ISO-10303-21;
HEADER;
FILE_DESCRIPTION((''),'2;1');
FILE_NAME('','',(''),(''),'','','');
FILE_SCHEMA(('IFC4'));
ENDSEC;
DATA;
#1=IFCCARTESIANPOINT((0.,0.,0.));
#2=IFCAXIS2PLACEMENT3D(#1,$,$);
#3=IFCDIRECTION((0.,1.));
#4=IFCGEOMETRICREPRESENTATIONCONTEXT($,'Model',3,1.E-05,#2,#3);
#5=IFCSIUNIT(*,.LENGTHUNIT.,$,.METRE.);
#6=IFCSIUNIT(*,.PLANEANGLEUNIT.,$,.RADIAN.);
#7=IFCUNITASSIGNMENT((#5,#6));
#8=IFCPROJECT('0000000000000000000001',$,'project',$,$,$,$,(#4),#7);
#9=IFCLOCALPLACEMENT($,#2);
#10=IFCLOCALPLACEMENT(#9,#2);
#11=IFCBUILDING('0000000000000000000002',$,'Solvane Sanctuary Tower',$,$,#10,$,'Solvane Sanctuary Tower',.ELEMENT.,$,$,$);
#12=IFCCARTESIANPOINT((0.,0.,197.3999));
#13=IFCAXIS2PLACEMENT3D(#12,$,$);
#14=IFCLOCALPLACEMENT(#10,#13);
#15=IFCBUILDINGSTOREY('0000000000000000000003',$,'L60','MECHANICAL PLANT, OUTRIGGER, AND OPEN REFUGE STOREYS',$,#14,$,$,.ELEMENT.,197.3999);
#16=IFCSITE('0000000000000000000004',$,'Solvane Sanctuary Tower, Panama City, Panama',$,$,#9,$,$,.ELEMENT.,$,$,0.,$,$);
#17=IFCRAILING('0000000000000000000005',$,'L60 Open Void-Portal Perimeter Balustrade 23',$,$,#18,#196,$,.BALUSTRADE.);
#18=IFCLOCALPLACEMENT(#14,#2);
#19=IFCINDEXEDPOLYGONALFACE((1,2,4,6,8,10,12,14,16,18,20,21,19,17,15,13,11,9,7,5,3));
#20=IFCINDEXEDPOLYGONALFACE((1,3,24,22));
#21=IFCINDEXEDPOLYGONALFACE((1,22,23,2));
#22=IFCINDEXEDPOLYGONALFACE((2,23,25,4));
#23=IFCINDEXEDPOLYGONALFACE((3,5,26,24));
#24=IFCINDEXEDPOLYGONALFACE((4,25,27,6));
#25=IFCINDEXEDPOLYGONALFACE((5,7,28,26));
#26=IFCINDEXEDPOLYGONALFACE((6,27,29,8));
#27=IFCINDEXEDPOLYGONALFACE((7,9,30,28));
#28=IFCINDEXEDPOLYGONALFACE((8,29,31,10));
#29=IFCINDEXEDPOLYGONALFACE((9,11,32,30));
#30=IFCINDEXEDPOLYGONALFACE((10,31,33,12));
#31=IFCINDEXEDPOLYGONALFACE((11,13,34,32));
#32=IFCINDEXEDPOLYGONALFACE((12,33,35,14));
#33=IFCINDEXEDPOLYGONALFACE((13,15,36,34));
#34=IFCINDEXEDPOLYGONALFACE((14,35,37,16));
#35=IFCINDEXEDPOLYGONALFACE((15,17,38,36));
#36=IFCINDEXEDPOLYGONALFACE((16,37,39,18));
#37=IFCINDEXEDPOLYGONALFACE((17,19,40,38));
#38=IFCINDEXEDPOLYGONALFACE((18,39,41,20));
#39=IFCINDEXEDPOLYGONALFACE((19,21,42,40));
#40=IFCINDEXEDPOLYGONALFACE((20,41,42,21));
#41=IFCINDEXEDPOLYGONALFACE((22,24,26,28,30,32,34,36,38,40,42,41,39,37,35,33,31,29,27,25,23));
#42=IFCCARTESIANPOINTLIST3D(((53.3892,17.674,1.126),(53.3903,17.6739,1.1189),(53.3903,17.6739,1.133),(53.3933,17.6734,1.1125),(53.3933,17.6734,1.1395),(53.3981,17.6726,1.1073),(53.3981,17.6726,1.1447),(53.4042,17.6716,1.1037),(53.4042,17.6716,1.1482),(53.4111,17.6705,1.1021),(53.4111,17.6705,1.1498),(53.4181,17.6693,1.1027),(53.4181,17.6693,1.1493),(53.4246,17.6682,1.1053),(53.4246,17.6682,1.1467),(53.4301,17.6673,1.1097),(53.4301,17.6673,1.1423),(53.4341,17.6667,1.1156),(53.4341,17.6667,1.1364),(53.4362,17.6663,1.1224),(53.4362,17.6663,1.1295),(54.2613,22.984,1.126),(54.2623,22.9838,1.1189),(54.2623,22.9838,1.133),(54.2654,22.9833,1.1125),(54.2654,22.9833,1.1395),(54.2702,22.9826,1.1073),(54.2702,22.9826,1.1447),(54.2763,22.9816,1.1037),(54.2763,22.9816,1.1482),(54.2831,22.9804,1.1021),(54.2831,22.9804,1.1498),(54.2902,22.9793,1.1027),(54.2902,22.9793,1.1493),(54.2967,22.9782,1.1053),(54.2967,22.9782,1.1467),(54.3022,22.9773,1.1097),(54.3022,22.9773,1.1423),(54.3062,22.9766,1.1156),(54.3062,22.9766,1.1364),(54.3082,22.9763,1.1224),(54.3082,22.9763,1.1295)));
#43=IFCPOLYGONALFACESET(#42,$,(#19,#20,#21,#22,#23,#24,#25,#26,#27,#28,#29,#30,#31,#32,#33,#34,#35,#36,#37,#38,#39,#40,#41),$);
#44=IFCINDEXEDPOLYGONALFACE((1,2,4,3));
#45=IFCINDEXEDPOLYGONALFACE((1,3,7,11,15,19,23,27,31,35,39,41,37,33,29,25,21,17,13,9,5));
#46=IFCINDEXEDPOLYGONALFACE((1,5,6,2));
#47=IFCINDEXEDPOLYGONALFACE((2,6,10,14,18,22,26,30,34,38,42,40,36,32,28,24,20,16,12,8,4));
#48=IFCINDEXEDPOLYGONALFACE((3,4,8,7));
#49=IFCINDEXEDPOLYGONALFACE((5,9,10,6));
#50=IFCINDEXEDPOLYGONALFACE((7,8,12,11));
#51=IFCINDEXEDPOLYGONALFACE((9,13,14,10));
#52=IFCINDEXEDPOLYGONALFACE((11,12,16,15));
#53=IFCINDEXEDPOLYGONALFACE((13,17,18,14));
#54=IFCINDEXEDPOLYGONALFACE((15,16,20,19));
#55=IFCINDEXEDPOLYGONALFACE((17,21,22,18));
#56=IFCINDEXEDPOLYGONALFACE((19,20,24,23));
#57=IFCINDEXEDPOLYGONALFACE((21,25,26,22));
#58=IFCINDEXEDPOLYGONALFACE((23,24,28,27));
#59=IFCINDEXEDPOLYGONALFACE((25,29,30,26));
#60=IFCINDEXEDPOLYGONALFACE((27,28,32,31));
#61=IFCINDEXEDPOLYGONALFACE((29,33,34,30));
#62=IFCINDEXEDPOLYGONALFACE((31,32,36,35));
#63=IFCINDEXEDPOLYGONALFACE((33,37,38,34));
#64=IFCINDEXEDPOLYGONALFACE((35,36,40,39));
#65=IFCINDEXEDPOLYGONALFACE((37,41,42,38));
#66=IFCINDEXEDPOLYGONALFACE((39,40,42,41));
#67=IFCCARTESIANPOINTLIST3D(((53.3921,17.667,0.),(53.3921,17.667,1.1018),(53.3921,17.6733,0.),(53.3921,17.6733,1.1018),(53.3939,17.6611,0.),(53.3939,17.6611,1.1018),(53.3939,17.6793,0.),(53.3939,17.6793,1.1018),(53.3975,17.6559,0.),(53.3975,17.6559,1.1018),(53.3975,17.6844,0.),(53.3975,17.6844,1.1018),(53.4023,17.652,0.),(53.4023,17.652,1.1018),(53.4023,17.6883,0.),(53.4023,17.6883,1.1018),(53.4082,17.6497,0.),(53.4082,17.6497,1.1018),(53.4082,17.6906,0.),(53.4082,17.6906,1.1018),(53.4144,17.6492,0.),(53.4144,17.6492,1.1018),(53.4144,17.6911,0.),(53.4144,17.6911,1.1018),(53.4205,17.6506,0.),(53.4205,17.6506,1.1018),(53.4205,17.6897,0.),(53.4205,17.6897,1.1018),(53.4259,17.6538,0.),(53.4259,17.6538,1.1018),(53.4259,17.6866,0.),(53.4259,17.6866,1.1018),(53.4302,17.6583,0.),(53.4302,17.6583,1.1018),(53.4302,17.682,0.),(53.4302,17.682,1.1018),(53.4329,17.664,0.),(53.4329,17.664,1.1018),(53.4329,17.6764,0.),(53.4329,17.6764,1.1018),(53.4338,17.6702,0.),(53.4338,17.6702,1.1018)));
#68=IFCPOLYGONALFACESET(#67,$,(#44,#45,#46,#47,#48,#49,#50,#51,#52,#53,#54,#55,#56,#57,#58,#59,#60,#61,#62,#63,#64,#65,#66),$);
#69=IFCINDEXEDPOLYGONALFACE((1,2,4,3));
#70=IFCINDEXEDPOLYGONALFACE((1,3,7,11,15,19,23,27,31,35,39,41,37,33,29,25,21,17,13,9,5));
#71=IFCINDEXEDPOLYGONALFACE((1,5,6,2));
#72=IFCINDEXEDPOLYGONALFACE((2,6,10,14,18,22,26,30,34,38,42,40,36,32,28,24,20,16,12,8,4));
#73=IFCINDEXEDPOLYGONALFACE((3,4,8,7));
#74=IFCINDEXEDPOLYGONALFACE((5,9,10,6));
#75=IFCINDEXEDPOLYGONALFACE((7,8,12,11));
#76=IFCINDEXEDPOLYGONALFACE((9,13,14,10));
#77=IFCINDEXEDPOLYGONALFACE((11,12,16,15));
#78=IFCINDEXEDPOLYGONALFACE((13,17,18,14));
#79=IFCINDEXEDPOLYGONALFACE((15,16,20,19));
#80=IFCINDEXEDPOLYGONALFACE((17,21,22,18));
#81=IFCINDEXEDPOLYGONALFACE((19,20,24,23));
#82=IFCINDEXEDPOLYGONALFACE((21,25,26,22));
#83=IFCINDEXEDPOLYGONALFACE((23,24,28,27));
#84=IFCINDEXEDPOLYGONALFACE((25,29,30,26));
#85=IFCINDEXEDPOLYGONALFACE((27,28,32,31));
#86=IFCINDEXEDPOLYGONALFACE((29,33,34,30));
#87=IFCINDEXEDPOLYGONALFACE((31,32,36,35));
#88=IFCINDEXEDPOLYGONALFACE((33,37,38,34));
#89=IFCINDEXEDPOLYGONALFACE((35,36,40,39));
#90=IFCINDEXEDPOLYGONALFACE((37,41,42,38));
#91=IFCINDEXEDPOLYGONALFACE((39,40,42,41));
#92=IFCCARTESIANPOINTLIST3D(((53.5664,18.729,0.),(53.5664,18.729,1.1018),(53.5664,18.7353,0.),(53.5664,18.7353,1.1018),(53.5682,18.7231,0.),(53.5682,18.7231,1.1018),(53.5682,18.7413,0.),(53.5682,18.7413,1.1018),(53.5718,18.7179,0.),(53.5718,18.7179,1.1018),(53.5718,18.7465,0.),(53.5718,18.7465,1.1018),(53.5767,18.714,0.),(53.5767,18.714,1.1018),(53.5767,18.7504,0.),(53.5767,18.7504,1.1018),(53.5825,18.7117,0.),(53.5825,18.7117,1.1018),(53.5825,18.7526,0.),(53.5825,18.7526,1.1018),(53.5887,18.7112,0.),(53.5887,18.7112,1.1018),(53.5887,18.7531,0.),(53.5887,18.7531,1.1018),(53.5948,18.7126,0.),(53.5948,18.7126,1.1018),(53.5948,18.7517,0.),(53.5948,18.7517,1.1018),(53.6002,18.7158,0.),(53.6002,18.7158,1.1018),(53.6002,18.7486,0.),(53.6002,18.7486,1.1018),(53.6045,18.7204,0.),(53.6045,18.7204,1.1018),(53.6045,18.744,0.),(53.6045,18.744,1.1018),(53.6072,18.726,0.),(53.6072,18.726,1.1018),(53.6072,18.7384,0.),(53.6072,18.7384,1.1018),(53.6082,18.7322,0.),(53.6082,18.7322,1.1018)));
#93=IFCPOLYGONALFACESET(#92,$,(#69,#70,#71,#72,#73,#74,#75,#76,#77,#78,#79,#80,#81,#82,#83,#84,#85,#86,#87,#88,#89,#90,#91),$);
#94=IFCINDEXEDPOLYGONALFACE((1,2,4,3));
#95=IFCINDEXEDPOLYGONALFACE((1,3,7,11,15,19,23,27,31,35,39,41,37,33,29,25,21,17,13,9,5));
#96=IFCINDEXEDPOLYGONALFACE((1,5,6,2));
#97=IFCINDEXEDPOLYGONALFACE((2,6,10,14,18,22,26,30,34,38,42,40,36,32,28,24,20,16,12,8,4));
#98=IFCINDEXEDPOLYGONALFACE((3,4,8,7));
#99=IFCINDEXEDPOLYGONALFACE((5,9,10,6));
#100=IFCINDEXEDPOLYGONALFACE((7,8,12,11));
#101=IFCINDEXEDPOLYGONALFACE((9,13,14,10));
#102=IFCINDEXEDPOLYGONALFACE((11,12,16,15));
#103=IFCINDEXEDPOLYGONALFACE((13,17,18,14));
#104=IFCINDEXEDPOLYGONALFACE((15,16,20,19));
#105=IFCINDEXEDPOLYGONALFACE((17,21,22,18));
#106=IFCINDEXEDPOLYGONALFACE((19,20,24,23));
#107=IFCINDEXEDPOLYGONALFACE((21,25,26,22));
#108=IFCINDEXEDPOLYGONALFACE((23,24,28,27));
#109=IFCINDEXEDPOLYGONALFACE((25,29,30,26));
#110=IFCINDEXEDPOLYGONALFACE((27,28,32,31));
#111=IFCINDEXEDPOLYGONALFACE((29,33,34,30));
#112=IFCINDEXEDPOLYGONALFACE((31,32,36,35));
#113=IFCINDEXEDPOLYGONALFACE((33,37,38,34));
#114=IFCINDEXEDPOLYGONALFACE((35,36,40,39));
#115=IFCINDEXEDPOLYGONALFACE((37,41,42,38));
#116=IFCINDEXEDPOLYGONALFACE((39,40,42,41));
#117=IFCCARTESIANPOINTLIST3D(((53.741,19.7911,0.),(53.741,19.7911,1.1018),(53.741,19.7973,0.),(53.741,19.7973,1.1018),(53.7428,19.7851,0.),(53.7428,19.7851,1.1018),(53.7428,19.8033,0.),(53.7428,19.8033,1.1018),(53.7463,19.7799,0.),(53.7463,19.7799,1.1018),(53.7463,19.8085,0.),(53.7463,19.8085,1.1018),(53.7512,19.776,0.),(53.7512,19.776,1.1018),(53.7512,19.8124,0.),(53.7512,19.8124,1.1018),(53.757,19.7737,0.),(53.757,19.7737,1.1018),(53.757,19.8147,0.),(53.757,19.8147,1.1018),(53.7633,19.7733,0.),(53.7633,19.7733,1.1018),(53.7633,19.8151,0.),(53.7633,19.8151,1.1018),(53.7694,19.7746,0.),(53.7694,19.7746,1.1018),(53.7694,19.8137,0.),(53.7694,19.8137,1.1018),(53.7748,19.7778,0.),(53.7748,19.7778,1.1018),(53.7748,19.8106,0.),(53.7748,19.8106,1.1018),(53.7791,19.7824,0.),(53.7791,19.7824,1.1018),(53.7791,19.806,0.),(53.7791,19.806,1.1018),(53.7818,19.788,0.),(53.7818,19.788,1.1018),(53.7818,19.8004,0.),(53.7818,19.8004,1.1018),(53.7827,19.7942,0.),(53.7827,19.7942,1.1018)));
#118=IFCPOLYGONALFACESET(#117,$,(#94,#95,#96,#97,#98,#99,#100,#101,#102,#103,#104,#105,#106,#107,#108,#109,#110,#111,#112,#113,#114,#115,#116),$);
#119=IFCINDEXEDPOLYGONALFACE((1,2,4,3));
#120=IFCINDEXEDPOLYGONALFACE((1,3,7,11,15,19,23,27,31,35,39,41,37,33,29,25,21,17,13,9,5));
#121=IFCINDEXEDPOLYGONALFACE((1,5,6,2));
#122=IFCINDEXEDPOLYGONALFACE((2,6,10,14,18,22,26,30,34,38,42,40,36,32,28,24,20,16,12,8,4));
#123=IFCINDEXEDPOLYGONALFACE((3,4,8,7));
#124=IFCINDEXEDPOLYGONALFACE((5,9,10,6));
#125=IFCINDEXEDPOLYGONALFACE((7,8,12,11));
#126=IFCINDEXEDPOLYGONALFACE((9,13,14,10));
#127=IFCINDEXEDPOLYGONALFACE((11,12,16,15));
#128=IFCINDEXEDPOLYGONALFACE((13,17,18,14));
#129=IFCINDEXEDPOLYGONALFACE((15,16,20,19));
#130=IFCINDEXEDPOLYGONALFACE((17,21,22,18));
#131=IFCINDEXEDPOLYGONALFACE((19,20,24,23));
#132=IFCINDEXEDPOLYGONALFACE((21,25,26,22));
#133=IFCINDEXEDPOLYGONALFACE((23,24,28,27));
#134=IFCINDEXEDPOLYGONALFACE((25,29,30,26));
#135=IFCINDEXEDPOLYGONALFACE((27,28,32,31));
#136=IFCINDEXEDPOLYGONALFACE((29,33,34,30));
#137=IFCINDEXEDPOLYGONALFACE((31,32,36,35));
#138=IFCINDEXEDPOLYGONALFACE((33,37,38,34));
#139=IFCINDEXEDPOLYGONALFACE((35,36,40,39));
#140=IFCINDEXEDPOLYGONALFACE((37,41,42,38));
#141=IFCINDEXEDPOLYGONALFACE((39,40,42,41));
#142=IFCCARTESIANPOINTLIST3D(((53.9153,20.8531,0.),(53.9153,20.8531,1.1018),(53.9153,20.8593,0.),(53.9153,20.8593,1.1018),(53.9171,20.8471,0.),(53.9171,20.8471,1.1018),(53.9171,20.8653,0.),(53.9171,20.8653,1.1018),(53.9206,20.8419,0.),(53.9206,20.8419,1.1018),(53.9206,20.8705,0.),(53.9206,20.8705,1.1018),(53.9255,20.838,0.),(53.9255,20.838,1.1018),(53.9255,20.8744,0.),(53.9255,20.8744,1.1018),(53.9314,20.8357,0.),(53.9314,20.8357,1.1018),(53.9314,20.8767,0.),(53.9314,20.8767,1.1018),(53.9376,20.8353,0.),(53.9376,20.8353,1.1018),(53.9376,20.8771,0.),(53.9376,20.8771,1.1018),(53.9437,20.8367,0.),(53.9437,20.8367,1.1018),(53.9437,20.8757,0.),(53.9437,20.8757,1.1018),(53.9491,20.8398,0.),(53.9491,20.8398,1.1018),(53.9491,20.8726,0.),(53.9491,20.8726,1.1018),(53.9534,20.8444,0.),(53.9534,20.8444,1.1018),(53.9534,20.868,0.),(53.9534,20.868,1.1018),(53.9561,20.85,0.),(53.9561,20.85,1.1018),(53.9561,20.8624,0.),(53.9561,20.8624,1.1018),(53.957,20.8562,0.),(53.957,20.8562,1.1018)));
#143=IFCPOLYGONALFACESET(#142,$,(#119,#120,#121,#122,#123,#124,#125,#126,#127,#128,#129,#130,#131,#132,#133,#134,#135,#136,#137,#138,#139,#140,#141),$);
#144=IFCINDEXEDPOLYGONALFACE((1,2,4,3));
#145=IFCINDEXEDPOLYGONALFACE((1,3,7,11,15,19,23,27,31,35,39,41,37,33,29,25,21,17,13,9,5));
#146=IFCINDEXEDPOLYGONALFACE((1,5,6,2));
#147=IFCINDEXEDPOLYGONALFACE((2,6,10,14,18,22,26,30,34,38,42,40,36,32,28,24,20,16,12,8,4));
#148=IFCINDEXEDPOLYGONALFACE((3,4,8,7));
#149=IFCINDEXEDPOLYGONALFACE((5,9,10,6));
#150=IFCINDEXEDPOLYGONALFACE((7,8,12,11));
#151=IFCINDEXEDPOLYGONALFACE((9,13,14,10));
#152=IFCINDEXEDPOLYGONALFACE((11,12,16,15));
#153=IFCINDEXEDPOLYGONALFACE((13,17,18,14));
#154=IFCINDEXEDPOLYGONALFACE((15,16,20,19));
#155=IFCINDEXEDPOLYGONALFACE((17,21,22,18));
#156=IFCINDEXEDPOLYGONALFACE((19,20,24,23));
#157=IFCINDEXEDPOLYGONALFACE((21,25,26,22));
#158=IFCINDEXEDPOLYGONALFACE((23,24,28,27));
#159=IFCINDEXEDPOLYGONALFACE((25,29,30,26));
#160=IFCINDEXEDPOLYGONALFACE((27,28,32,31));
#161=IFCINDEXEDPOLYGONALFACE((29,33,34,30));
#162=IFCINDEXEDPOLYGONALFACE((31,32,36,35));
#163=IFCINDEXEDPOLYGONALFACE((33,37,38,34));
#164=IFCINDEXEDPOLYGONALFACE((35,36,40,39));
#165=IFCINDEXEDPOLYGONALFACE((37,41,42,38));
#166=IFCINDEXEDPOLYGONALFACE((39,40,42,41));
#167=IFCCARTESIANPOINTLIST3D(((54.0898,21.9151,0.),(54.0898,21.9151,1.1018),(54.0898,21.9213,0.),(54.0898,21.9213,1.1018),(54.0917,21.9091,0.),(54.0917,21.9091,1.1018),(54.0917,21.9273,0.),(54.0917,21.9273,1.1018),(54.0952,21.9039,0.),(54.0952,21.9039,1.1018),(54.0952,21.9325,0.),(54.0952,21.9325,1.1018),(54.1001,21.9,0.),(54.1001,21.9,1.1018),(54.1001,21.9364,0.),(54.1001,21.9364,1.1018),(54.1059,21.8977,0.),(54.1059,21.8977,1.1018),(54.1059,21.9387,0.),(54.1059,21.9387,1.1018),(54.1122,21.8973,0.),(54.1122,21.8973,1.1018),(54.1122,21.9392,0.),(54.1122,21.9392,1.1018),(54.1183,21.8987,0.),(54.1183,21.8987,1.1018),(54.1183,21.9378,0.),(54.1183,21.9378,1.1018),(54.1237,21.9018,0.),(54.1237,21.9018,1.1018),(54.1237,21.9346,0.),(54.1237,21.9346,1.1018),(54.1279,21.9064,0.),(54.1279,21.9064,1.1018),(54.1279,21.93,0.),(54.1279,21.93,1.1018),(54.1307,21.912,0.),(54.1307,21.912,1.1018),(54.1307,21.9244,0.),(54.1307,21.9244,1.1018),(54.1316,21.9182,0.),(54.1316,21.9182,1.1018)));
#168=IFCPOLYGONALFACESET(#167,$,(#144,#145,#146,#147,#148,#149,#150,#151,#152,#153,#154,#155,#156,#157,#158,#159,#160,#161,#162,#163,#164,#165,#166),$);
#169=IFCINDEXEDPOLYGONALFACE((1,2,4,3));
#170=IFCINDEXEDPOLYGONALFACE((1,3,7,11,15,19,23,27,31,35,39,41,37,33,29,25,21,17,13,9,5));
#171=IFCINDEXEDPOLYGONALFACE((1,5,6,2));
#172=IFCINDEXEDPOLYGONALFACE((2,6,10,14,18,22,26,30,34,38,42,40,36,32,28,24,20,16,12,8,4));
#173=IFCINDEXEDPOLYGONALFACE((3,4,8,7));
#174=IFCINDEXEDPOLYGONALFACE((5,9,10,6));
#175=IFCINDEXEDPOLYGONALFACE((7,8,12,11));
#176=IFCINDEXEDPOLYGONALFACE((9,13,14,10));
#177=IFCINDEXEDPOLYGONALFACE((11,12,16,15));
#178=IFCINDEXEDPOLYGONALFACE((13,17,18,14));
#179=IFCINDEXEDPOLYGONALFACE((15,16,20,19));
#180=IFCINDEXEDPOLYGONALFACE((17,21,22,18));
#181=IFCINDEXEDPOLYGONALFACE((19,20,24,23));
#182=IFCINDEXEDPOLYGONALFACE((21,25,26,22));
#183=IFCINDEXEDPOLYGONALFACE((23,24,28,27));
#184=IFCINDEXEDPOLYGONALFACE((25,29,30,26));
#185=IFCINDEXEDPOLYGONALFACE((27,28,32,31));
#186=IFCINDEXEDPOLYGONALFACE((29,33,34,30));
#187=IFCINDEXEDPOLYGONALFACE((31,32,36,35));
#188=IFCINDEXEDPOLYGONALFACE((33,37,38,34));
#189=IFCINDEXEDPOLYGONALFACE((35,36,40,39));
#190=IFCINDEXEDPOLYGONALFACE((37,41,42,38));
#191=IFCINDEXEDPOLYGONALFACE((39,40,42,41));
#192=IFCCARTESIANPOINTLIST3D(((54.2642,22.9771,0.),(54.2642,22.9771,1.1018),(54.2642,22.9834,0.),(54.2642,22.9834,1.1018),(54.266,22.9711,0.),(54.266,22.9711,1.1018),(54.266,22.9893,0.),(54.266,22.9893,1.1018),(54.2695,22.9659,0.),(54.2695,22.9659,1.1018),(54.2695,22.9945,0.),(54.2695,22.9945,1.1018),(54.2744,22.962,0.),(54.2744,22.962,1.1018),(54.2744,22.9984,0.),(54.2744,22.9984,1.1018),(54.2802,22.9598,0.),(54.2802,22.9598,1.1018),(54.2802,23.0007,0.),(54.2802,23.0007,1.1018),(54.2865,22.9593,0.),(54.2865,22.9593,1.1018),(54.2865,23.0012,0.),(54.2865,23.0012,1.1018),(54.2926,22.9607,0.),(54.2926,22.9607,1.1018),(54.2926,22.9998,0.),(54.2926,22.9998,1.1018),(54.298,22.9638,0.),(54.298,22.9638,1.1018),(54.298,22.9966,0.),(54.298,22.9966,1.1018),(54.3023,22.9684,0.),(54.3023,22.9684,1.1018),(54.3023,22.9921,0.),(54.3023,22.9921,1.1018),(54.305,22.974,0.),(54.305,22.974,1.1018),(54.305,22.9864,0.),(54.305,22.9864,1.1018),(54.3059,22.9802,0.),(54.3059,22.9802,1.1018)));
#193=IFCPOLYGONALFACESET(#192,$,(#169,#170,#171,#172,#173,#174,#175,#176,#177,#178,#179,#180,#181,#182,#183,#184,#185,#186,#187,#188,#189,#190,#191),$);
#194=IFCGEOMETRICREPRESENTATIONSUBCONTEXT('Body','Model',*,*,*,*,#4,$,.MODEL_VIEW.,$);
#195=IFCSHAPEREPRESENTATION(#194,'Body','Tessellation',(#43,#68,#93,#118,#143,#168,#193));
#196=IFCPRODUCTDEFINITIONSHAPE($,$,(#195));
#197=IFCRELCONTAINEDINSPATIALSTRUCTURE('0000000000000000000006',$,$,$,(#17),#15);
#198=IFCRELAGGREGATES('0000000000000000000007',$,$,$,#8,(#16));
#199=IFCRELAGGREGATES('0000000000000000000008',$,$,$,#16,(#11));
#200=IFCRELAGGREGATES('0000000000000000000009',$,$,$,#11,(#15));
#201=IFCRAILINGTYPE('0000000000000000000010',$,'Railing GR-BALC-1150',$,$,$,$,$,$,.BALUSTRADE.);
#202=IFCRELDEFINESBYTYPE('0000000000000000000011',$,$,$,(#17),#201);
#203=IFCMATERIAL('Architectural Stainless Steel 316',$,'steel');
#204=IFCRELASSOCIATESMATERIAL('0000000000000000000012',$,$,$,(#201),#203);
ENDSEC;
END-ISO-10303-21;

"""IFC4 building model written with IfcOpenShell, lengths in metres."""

from ifc_helpers import new_model, si_unit, direction, frame, origin, origin_2d, place, context, subcontext, project, spatial, circle, extrude, material, type_object, element, save


model = new_model("IFC4")

# Units and contexts
model_context = context("Model", 3, precision=1e-05, world=origin(), true_north=direction((0.0, 1.0)))
body_context = subcontext(model_context, "Body", "Model", "MODEL_VIEW")
ifc_project = project(units=[si_unit("LENGTHUNIT", "METRE"), si_unit("PLANEANGLEUNIT", "RADIAN")], contexts=[model_context])

# Site, building, storey
site_placement = place(None, origin())
site = spatial("IfcSite", under=ifc_project, at=site_placement, Name="Solvane Sanctuary Tower, Panama City, Panama", CompositionType="ELEMENT", RefElevation=0.0)
building_placement = place(site_placement, origin())
building = spatial("IfcBuilding", under=site, at=building_placement, Name="Solvane Sanctuary Tower", LongName="Solvane Sanctuary Tower", CompositionType="ELEMENT")
storey_placement = place(building_placement, frame((0.0, 0.0, 197.3999)))
storey = spatial("IfcBuildingStorey", under=building, at=storey_placement, Name="L60", Description="MECHANICAL PLANT, OUTRIGGER, AND OPEN REFUGE STOREYS", CompositionType="ELEMENT", Elevation=197.3999)

# Shared definitions
ifc_material_1 = material(Name="Architectural Stainless Steel 316", Category="steel")

# Railing
railing_type_1 = type_object("IfcRailingType", Name="Railing GR-BALC-1150", PredefinedType="BALUSTRADE", material=ifc_material_1)
railing_1_placement = place(storey_placement, frame((53.4128, 17.6702, 0.0)))
element("IfcRailing", 1, at=railing_1_placement, inside=storey, type_object=railing_type_1, Name="L60 Open Void-Portal Perimeter Balustrade 23", PredefinedType="BALUSTRADE", context=body_context, shape_type="SweptSolid", body=[
    extrude(circle(Radius=0.0239, at=origin_2d()), frame((0.0, 0.0, 1.126), z_axis=(0.162059, 0.986781, 0.0), x_axis=(-0.986781, 0.162059, 0.0)), (0.0, 0.0, 1.0), 5.3811),
    extrude(circle(Radius=0.021, at=origin_2d()), origin(), (0.0, 0.0, 1.0), 1.1018),
    extrude(circle(Radius=0.021, at=origin_2d()), frame((0.1743, 1.062, 0.0)), (0.0, 0.0, 1.0), 1.1018),
    extrude(circle(Radius=0.021, at=origin_2d()), frame((0.3489, 2.124, 0.0)), (0.0, 0.0, 1.0), 1.1018),
    extrude(circle(Radius=0.021, at=origin_2d()), frame((0.5232, 3.186, 0.0)), (0.0, 0.0, 1.0), 1.1018),
    extrude(circle(Radius=0.021, at=origin_2d()), frame((0.6978, 4.248, 0.0)), (0.0, 0.0, 1.0), 1.1018),
    extrude(circle(Radius=0.021, at=origin_2d()), frame((0.8721, 5.3101, 0.0)), (0.0, 0.0, 1.0), 1.1018),
])

save(model, "model.ifc")
